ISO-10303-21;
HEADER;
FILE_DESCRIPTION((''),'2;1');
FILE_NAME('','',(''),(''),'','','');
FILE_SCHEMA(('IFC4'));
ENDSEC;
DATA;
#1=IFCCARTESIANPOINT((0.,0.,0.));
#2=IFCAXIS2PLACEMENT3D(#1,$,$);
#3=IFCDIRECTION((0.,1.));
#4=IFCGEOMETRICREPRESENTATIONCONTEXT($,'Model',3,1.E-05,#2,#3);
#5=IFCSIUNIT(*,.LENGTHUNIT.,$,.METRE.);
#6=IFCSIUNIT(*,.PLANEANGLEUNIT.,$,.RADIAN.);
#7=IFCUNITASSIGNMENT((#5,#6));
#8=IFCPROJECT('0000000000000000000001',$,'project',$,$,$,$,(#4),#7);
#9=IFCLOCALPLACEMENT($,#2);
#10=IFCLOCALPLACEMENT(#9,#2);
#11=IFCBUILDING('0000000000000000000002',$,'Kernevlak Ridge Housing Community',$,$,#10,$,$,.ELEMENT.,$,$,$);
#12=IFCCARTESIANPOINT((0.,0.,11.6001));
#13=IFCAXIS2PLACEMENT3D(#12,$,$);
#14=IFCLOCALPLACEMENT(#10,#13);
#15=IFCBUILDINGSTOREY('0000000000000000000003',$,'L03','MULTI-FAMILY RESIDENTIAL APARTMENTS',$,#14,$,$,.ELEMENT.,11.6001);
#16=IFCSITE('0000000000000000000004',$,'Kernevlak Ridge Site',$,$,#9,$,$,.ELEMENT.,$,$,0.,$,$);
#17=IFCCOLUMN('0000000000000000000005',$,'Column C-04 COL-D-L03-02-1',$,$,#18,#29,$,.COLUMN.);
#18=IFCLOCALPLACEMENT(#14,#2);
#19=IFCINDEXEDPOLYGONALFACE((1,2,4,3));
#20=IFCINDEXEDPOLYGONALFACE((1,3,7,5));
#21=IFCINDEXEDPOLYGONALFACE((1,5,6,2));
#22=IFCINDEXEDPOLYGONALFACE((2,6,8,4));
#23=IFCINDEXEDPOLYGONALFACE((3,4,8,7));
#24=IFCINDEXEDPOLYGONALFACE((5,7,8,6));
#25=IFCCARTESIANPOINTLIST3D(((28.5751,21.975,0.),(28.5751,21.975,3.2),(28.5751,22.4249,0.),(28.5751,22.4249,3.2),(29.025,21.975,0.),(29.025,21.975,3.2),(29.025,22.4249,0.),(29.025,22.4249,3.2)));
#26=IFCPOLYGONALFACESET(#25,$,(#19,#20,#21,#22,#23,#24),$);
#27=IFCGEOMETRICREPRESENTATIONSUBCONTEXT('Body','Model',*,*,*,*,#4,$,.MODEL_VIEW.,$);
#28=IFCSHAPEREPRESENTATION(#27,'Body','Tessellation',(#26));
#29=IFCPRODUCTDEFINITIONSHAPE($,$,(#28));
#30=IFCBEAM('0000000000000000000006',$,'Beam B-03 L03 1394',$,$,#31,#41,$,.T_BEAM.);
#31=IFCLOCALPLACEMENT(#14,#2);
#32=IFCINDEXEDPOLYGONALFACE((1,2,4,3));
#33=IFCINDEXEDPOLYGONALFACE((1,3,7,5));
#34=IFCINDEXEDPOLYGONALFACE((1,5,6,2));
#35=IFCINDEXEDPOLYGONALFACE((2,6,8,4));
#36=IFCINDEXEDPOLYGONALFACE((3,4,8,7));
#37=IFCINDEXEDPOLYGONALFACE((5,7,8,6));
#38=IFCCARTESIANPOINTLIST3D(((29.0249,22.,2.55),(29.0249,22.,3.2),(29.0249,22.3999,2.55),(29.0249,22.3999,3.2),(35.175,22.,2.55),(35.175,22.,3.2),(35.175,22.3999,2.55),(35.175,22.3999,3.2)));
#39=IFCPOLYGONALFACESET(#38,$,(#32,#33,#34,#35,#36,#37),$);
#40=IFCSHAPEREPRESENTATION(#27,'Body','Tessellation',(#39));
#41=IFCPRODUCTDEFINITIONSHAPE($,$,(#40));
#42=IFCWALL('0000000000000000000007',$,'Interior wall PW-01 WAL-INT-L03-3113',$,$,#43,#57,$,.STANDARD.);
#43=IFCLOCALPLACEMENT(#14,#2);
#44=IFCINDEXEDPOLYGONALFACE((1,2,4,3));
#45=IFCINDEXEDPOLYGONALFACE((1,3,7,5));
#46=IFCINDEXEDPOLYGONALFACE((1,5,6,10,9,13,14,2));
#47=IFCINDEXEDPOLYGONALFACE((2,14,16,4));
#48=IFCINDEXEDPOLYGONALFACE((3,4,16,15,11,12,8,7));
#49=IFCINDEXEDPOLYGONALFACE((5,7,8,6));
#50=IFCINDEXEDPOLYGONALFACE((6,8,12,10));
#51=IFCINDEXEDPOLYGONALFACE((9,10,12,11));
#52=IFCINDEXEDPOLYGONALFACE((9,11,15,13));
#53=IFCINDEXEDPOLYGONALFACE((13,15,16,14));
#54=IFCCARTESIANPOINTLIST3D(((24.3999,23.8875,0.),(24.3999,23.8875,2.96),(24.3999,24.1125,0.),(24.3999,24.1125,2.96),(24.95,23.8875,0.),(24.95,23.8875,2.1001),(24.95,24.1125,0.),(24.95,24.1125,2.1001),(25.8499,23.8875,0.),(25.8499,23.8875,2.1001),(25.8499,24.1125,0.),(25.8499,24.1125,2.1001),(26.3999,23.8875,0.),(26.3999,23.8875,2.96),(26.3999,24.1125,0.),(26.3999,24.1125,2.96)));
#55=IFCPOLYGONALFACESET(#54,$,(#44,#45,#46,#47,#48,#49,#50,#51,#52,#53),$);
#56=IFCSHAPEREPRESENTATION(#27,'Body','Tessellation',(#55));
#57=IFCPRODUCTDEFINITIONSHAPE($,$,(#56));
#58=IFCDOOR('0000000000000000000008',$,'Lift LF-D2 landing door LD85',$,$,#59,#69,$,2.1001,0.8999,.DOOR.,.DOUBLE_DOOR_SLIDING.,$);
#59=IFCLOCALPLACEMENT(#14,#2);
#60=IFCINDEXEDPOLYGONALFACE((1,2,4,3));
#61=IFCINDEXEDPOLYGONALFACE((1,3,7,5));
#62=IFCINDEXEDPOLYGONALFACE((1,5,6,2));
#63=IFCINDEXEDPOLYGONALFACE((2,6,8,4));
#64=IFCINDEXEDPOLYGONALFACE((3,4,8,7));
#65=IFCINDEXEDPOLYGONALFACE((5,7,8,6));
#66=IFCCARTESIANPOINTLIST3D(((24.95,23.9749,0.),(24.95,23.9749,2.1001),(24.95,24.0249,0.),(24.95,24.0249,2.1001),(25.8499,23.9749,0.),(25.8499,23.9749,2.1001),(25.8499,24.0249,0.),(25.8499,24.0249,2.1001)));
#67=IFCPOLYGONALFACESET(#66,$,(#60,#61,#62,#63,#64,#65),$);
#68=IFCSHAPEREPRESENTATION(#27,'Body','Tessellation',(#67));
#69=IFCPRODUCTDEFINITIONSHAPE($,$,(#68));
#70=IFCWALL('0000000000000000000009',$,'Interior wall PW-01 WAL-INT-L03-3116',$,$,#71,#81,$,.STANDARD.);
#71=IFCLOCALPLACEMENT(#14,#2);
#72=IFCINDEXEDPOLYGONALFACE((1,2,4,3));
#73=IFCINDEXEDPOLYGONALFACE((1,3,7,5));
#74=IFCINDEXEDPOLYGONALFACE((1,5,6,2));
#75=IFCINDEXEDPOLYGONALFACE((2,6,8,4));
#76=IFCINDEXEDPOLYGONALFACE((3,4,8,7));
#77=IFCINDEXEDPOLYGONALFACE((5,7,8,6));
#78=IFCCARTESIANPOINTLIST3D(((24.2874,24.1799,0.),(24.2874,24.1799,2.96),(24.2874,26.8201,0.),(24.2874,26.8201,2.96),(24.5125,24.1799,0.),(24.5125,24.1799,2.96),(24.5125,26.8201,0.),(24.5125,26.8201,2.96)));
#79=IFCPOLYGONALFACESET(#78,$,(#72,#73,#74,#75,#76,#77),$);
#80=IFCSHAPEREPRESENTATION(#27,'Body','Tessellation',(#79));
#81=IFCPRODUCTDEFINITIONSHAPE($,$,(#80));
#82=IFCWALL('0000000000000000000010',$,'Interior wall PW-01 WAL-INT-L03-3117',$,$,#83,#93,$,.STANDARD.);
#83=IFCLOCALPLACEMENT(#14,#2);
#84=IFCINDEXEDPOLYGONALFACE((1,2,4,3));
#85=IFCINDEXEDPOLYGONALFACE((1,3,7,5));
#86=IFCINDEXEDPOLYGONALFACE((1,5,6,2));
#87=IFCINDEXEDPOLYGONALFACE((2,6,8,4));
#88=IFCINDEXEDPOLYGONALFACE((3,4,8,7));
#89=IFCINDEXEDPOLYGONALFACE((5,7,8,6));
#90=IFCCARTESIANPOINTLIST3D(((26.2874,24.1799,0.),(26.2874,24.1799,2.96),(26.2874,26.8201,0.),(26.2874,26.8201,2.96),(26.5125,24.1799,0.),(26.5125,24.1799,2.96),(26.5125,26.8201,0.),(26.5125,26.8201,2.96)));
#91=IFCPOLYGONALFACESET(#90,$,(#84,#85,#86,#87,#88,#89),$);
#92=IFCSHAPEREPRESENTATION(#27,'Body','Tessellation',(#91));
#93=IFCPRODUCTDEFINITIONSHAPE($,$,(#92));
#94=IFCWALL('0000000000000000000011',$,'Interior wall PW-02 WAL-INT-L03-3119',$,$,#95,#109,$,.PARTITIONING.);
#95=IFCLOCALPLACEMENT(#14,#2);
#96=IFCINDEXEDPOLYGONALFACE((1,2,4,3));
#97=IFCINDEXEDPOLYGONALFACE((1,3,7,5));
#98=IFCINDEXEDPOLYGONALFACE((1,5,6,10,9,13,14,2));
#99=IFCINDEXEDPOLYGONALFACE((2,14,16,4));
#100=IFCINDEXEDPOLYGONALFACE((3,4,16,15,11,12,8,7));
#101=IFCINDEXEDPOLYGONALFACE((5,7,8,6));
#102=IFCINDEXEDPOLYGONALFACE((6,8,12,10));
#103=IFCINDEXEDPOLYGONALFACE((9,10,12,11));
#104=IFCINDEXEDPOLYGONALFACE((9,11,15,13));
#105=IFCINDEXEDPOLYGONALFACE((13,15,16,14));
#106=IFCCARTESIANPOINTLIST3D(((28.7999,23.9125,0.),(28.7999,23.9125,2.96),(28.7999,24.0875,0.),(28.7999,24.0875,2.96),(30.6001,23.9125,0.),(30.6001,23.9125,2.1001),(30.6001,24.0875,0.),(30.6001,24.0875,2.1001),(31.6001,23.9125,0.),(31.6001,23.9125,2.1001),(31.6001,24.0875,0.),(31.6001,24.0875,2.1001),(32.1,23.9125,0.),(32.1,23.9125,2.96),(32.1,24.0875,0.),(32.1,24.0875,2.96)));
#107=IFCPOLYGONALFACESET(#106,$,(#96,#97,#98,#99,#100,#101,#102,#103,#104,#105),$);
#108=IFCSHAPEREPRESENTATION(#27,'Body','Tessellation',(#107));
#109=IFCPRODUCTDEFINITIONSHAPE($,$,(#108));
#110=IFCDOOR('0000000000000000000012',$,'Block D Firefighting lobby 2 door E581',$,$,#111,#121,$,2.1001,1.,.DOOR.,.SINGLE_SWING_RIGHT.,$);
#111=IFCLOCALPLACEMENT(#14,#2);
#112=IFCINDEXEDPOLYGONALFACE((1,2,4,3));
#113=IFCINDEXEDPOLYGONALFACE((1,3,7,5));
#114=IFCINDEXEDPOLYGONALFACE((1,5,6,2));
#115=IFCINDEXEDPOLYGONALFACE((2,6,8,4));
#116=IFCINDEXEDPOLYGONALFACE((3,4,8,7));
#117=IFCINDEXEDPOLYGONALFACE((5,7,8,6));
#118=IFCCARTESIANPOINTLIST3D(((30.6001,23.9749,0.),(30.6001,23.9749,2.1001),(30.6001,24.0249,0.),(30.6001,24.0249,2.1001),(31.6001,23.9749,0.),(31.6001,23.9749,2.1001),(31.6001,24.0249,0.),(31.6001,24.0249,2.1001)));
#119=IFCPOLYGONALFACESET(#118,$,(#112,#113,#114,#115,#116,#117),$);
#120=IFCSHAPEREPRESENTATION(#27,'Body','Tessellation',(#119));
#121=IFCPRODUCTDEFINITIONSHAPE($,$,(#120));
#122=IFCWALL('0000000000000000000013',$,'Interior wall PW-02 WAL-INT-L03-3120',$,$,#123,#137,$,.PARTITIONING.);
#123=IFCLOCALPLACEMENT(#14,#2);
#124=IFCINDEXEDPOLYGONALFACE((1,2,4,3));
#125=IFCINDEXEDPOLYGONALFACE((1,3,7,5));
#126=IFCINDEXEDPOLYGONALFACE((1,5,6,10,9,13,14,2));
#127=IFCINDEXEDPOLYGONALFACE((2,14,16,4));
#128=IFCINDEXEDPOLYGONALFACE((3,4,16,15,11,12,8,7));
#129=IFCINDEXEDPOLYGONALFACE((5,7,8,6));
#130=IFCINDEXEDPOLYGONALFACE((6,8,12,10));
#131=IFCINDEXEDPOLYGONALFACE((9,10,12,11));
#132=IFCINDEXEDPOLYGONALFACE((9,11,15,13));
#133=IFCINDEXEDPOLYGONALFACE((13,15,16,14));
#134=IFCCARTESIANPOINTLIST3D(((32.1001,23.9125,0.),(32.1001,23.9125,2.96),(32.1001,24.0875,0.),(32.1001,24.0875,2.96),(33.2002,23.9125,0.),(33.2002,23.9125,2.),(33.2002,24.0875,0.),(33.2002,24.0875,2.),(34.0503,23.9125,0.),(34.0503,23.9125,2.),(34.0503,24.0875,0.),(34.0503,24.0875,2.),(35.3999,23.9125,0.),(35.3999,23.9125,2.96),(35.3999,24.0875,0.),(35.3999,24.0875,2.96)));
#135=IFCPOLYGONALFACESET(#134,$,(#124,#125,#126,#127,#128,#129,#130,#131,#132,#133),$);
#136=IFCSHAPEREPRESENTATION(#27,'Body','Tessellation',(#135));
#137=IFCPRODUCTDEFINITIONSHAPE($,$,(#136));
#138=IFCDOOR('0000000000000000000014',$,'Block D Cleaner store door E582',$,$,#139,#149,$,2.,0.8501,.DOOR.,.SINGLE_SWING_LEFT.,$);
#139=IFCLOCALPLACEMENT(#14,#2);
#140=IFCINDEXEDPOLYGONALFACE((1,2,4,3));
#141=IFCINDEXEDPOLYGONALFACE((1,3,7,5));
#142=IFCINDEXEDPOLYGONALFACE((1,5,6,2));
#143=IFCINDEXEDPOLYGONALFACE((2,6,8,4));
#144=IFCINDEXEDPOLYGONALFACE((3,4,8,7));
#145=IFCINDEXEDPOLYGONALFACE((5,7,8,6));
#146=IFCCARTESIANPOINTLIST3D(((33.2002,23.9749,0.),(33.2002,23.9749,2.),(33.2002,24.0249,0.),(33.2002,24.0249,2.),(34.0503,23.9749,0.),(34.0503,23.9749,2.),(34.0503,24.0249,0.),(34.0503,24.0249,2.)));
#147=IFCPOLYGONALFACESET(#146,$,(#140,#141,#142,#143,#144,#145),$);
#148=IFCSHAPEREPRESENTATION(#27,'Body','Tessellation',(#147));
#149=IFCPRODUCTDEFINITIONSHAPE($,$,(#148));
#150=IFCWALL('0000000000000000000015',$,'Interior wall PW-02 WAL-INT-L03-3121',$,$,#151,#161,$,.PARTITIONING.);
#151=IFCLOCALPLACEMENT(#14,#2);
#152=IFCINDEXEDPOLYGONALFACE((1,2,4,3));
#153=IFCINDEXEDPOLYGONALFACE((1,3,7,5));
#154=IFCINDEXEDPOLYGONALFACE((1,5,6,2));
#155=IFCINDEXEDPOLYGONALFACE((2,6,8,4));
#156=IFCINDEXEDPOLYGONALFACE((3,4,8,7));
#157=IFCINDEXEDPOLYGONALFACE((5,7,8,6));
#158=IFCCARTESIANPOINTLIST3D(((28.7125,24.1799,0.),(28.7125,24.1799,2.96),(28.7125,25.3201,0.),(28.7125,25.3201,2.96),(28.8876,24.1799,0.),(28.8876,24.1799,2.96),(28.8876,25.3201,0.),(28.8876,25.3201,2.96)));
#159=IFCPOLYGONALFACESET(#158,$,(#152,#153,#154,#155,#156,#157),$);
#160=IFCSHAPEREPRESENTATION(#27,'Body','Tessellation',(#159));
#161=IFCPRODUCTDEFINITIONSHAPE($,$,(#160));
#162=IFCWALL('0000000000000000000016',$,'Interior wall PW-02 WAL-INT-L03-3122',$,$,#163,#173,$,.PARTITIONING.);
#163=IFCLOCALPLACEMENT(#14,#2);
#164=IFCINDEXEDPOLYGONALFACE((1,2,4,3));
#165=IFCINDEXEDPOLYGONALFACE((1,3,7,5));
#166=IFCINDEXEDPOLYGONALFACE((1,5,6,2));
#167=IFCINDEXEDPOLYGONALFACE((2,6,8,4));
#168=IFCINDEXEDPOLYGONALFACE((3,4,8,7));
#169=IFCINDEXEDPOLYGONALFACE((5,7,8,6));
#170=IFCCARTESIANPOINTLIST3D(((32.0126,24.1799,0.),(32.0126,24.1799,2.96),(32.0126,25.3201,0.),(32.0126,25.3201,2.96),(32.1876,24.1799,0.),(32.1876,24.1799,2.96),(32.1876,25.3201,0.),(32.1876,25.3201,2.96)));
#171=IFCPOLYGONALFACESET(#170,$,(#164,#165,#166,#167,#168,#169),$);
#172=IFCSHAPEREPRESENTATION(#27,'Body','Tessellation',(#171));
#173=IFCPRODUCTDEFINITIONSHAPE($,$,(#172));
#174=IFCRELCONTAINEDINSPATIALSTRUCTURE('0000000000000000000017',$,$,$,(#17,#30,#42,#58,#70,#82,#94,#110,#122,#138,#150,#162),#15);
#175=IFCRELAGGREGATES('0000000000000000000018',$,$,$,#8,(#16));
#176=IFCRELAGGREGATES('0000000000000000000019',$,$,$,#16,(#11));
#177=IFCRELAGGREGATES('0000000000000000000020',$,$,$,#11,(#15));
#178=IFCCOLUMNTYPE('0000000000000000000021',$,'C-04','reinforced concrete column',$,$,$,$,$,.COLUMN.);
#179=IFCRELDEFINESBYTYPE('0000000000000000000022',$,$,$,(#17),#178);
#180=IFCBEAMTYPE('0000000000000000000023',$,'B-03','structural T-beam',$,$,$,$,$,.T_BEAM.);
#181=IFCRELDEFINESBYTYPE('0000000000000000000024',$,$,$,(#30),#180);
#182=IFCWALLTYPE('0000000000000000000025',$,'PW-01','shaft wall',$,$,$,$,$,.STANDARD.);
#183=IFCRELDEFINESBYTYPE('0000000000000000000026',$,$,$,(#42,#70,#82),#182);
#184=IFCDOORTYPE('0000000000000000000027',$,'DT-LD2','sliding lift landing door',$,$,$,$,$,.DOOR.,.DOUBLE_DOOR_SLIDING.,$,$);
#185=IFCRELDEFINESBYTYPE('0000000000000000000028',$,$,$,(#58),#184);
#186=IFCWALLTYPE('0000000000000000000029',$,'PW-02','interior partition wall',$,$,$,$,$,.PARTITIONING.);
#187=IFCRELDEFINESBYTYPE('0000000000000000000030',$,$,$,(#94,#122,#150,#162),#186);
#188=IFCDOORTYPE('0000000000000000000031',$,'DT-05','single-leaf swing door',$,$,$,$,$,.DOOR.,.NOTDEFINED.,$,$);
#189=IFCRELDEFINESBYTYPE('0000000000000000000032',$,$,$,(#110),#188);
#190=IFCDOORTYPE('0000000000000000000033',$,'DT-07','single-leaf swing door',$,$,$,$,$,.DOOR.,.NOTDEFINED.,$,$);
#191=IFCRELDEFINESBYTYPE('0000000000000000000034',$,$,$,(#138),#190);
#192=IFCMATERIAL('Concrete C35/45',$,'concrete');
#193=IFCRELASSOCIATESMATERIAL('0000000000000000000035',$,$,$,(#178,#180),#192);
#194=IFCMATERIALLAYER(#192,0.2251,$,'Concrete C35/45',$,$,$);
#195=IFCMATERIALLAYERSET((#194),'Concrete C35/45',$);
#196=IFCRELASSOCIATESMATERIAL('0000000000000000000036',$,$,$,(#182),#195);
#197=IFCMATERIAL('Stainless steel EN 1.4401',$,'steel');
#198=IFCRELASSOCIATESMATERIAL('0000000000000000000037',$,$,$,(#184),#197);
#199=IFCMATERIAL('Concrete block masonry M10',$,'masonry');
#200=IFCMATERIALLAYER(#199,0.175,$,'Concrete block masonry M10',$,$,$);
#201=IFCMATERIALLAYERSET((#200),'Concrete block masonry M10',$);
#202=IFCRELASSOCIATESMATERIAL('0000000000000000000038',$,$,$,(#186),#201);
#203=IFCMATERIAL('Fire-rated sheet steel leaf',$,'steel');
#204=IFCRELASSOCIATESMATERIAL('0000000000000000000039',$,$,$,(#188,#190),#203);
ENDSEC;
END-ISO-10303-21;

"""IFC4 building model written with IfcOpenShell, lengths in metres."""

from ifc_helpers import new_model, si_unit, direction, frame, frame_2d, origin, origin_2d, place, context, subcontext, project, spatial, rectangle, extrude, material, layer, layer_set, material_profile, profile_set, type_object, element, fill, save


model = new_model("IFC4")

# Units and contexts
model_context = context("Model", 3, precision=1e-05, world=origin(), true_north=direction((0.0, 1.0)))
body_context = subcontext(model_context, "Body", "Model", "MODEL_VIEW")
ifc_project = project(units=[si_unit("LENGTHUNIT", "METRE"), si_unit("PLANEANGLEUNIT", "RADIAN")], contexts=[model_context])

# Site, building, storey
site_placement = place(None, origin())
site = spatial("IfcSite", under=ifc_project, at=site_placement, Name="Kernevlak Ridge Site", CompositionType="ELEMENT", RefElevation=0.0)
building_placement = place(site_placement, origin())
building = spatial("IfcBuilding", under=site, at=building_placement, Name="Kernevlak Ridge Housing Community", CompositionType="ELEMENT")
storey_placement = place(building_placement, frame((0.0, 0.0, 11.6001)))
storey = spatial("IfcBuildingStorey", under=building, at=storey_placement, Name="L03", Description="MULTI-FAMILY RESIDENTIAL APARTMENTS", CompositionType="ELEMENT", Elevation=11.6001)

# Column
ifc_material_1 = material(Name="Concrete C35/45", Category="concrete")
ifc_material_profile_1 = material_profile(ifc_material_1, rectangle(XDim=0.45, YDim=0.45, at=origin_2d()), Name="RC 450x450")
ifc_profile_set_1 = profile_set([ifc_material_profile_1], Name="Concrete C35/45")
column_type = type_object("IfcColumnType", Name="C-04", Description="reinforced concrete column", PredefinedType="COLUMN", material=ifc_profile_set_1)
column_placement = place(storey_placement, frame((28.8, 22.2, 0.0), z_axis=(0.0, 0.0, 1.0), x_axis=(1.0, 0.0, 0.0)))
element("IfcColumn", 1, at=column_placement, inside=storey, type_object=column_type, Name="Column C-04 COL-D-L03-02-1", PredefinedType="COLUMN", context=body_context, shape_type="SweptSolid", body=[
    extrude(rectangle(XDim=0.45, YDim=0.45, at=origin_2d()), origin(), (0.0, 0.0, 1.0), 3.2),
])

# Beam
ifc_material_profile_2 = material_profile(ifc_material_1, rectangle(XDim=0.3999, YDim=0.6499, at=origin_2d()), Name="RC 400x650")
ifc_profile_set_2 = profile_set([ifc_material_profile_2], Name="Concrete C35/45")
beam_type = type_object("IfcBeamType", Name="B-03", Description="structural T-beam", PredefinedType="T_BEAM", material=ifc_profile_set_2)
beam_placement = place(storey_placement, frame((29.0249, 22.2, 2.875), z_axis=(1.0, 0.0, 0.0), x_axis=(0.0, 1.0, 0.0)))
element("IfcBeam", 2, at=beam_placement, inside=storey, type_object=beam_type, Name="Beam B-03 L03 1394", PredefinedType="T_BEAM", context=body_context, shape_type="SweptSolid", body=[
    extrude(rectangle(XDim=0.3999, YDim=0.6499, at=origin_2d()), origin(), (0.0, 0.0, 1.0), 6.1501),
])

# Wall, opening, door
ifc_layer_1 = layer(ifc_material_1, 0.2251, Name="Concrete C35/45")
ifc_layer_set_1 = layer_set([ifc_layer_1], Name="Concrete C35/45")
wall_type_1 = type_object("IfcWallType", Name="PW-01", Description="shaft wall", PredefinedType="STANDARD", material=ifc_layer_set_1)
wall_1_placement = place(storey_placement, frame((24.3999, 24.0, 0.0), z_axis=(0.0, 0.0, 1.0), x_axis=(1.0, 0.0, 0.0)))
wall_1 = element("IfcWall", 3, at=wall_1_placement, inside=storey, type_object=wall_type_1, Name="Interior wall PW-01 WAL-INT-L03-3113", PredefinedType="STANDARD", context=body_context, shape_type="SweptSolid", body=[
    extrude(rectangle(XDim=2.0, YDim=0.2251, at=frame_2d((1.0, 0.0))), origin(), (0.0, 0.0, 1.0), 2.96),
])
opening_1_placement = place(wall_1_placement, frame((0.55, 0.0, 0.0)))
opening_1 = element("IfcOpeningElement", 4, at=opening_1_placement, cuts=wall_1, PredefinedType="OPENING", context=body_context, shape_type="SweptSolid", body=[
    extrude(rectangle(XDim=0.8999, YDim=2.1001, at=frame_2d((0.45, 1.05))), frame((0.0, 0.1226, 0.0), z_axis=(0.0, -1.0, 0.0), x_axis=(1.0, 0.0, 0.0)), (0.0, 0.0, 1.0), 0.2451),
])
ifc_material_2 = material(Name="Stainless steel EN 1.4401", Category="steel")
door_type_1 = type_object("IfcDoorType", Name="DT-LD2", Description="sliding lift landing door", OperationType="DOUBLE_DOOR_SLIDING", PredefinedType="DOOR", material=ifc_material_2)
door_1_placement = place(opening_1_placement, origin())
door_1 = element("IfcDoor", 5, at=door_1_placement, inside=storey, type_object=door_type_1, Name="Lift LF-D2 landing door LD85", OperationType="DOUBLE_DOOR_SLIDING", OverallHeight=2.1001, OverallWidth=0.8999, PredefinedType="DOOR", context=body_context, shape_type="SweptSolid", body=[
    extrude(rectangle(XDim=0.8999, YDim=2.1001, at=frame_2d((0.45, 1.05))), frame((0.0, 0.0249, 0.0), z_axis=(0.0, -1.0, 0.0), x_axis=(1.0, 0.0, 0.0)), (0.0, 0.0, 1.0), 0.05),
])
fill(opening_1, door_1)

# Walls
for number, where, z_axis, x_axis, name in (
    (6, (24.3999, 24.1799, 0.0), (0.0, 0.0, 1.0), (0.0, 1.0, 0.0), "Interior wall PW-01 WAL-INT-L03-3116"),
    (7, (26.3999, 24.1799, 0.0), (0.0, 0.0, 1.0), (0.0, 1.0, 0.0), "Interior wall PW-01 WAL-INT-L03-3117"),
):
    element("IfcWall", number, at=place(storey_placement, frame(where, z_axis=z_axis, x_axis=x_axis)), inside=storey, type_object=wall_type_1, Name=name, PredefinedType="STANDARD", context=body_context, shape_type="SweptSolid", body=[
        extrude(rectangle(XDim=2.6401, YDim=0.2251, at=frame_2d((1.3201, 0.0))), origin(), (0.0, 0.0, 1.0), 2.96),
    ])

# Walls, openings, doors
ifc_material_3 = material(Name="Concrete block masonry M10", Category="masonry")
ifc_layer_2 = layer(ifc_material_3, 0.175, Name="Concrete block masonry M10")
ifc_layer_set_2 = layer_set([ifc_layer_2], Name="Concrete block masonry M10")
wall_type_2 = type_object("IfcWallType", Name="PW-02", Description="interior partition wall", PredefinedType="PARTITIONING", material=ifc_layer_set_2)
wall_2_placement = place(storey_placement, frame((28.8, 24.0, 0.0), z_axis=(0.0, 0.0, 1.0), x_axis=(1.0, 0.0, 0.0)))
wall_2 = element("IfcWall", 8, at=wall_2_placement, inside=storey, type_object=wall_type_2, Name="Interior wall PW-02 WAL-INT-L03-3119", PredefinedType="PARTITIONING", context=body_context, shape_type="SweptSolid", body=[
    extrude(rectangle(XDim=3.3, YDim=0.175, at=frame_2d((1.6499, 0.0))), origin(), (0.0, 0.0, 1.0), 2.96),
])
opening_2_placement = place(wall_2_placement, frame((1.8, 0.0, 0.0)))
opening_2 = element("IfcOpeningElement", 9, at=opening_2_placement, cuts=wall_2, PredefinedType="OPENING", context=body_context, shape_type="SweptSolid", body=[
    extrude(rectangle(XDim=1.0, YDim=2.1001, at=frame_2d((0.5, 1.05))), frame((0.0, 0.0974, 0.0), z_axis=(0.0, -1.0, 0.0), x_axis=(1.0, 0.0, 0.0)), (0.0, 0.0, 1.0), 0.1951),
])
ifc_material_4 = material(Name="Fire-rated sheet steel leaf", Category="steel")
door_type_2 = type_object("IfcDoorType", Name="DT-05", Description="single-leaf swing door", OperationType="NOTDEFINED", PredefinedType="DOOR", material=ifc_material_4)
door_2_placement = place(opening_2_placement, origin())
door_2 = element("IfcDoor", 10, at=door_2_placement, inside=storey, type_object=door_type_2, Name="Block D Firefighting lobby 2 door E581", OperationType="SINGLE_SWING_RIGHT", OverallHeight=2.1001, OverallWidth=1.0, PredefinedType="DOOR", context=body_context, shape_type="SweptSolid", body=[
    extrude(rectangle(XDim=1.0, YDim=2.1001, at=frame_2d((0.5, 1.05))), frame((0.0, 0.0249, 0.0), z_axis=(0.0, -1.0, 0.0), x_axis=(1.0, 0.0, 0.0)), (0.0, 0.0, 1.0), 0.05),
])
fill(opening_2, door_2)
wall_3_placement = place(storey_placement, frame((32.1001, 24.0, 0.0), z_axis=(0.0, 0.0, 1.0), x_axis=(1.0, 0.0, 0.0)))
wall_3 = element("IfcWall", 11, at=wall_3_placement, inside=storey, type_object=wall_type_2, Name="Interior wall PW-02 WAL-INT-L03-3120", PredefinedType="PARTITIONING", context=body_context, shape_type="SweptSolid", body=[
    extrude(rectangle(XDim=3.2998, YDim=0.175, at=frame_2d((1.6499, 0.0))), origin(), (0.0, 0.0, 1.0), 2.96),
])
opening_3_placement = place(wall_3_placement, frame((1.1001, 0.0, 0.0)))
opening_3 = element("IfcOpeningElement", 12, at=opening_3_placement, cuts=wall_3, PredefinedType="OPENING", context=body_context, shape_type="SweptSolid", body=[
    extrude(rectangle(XDim=0.8501, YDim=2.0, at=frame_2d((0.425, 1.0))), frame((0.0, 0.0974, 0.0), z_axis=(0.0, -1.0, 0.0), x_axis=(1.0, 0.0, 0.0)), (0.0, 0.0, 1.0), 0.1951),
])
door_type_3 = type_object("IfcDoorType", Name="DT-07", Description="single-leaf swing door", OperationType="NOTDEFINED", PredefinedType="DOOR", material=ifc_material_4)
door_3_placement = place(opening_3_placement, origin())
door_3 = element("IfcDoor", 13, at=door_3_placement, inside=storey, type_object=door_type_3, Name="Block D Cleaner store door E582", OperationType="SINGLE_SWING_LEFT", OverallHeight=2.0, OverallWidth=0.8501, PredefinedType="DOOR", context=body_context, shape_type="SweptSolid", body=[
    extrude(rectangle(XDim=0.8501, YDim=2.0, at=frame_2d((0.425, 1.0))), frame((0.0, 0.0249, 0.0), z_axis=(0.0, -1.0, 0.0), x_axis=(1.0, 0.0, 0.0)), (0.0, 0.0, 1.0), 0.05),
])
fill(opening_3, door_3)

# Walls
for number, where, z_axis, x_axis, name in (
    (14, (28.8, 24.1799, 0.0), (0.0, 0.0, 1.0), (0.0, 1.0, 0.0), "Interior wall PW-02 WAL-INT-L03-3121"),
    (15, (32.1001, 24.1799, 0.0), (0.0, 0.0, 1.0), (0.0, 1.0, 0.0), "Interior wall PW-02 WAL-INT-L03-3122"),
):
    element("IfcWall", number, at=place(storey_placement, frame(where, z_axis=z_axis, x_axis=x_axis)), inside=storey, type_object=wall_type_2, Name=name, PredefinedType="PARTITIONING", context=body_context, shape_type="SweptSolid", body=[
        extrude(rectangle(XDim=1.1401, YDim=0.175, at=frame_2d((0.5701, 0.0))), origin(), (0.0, 0.0, 1.0), 2.96),
    ])

save(model, "model.ifc")
